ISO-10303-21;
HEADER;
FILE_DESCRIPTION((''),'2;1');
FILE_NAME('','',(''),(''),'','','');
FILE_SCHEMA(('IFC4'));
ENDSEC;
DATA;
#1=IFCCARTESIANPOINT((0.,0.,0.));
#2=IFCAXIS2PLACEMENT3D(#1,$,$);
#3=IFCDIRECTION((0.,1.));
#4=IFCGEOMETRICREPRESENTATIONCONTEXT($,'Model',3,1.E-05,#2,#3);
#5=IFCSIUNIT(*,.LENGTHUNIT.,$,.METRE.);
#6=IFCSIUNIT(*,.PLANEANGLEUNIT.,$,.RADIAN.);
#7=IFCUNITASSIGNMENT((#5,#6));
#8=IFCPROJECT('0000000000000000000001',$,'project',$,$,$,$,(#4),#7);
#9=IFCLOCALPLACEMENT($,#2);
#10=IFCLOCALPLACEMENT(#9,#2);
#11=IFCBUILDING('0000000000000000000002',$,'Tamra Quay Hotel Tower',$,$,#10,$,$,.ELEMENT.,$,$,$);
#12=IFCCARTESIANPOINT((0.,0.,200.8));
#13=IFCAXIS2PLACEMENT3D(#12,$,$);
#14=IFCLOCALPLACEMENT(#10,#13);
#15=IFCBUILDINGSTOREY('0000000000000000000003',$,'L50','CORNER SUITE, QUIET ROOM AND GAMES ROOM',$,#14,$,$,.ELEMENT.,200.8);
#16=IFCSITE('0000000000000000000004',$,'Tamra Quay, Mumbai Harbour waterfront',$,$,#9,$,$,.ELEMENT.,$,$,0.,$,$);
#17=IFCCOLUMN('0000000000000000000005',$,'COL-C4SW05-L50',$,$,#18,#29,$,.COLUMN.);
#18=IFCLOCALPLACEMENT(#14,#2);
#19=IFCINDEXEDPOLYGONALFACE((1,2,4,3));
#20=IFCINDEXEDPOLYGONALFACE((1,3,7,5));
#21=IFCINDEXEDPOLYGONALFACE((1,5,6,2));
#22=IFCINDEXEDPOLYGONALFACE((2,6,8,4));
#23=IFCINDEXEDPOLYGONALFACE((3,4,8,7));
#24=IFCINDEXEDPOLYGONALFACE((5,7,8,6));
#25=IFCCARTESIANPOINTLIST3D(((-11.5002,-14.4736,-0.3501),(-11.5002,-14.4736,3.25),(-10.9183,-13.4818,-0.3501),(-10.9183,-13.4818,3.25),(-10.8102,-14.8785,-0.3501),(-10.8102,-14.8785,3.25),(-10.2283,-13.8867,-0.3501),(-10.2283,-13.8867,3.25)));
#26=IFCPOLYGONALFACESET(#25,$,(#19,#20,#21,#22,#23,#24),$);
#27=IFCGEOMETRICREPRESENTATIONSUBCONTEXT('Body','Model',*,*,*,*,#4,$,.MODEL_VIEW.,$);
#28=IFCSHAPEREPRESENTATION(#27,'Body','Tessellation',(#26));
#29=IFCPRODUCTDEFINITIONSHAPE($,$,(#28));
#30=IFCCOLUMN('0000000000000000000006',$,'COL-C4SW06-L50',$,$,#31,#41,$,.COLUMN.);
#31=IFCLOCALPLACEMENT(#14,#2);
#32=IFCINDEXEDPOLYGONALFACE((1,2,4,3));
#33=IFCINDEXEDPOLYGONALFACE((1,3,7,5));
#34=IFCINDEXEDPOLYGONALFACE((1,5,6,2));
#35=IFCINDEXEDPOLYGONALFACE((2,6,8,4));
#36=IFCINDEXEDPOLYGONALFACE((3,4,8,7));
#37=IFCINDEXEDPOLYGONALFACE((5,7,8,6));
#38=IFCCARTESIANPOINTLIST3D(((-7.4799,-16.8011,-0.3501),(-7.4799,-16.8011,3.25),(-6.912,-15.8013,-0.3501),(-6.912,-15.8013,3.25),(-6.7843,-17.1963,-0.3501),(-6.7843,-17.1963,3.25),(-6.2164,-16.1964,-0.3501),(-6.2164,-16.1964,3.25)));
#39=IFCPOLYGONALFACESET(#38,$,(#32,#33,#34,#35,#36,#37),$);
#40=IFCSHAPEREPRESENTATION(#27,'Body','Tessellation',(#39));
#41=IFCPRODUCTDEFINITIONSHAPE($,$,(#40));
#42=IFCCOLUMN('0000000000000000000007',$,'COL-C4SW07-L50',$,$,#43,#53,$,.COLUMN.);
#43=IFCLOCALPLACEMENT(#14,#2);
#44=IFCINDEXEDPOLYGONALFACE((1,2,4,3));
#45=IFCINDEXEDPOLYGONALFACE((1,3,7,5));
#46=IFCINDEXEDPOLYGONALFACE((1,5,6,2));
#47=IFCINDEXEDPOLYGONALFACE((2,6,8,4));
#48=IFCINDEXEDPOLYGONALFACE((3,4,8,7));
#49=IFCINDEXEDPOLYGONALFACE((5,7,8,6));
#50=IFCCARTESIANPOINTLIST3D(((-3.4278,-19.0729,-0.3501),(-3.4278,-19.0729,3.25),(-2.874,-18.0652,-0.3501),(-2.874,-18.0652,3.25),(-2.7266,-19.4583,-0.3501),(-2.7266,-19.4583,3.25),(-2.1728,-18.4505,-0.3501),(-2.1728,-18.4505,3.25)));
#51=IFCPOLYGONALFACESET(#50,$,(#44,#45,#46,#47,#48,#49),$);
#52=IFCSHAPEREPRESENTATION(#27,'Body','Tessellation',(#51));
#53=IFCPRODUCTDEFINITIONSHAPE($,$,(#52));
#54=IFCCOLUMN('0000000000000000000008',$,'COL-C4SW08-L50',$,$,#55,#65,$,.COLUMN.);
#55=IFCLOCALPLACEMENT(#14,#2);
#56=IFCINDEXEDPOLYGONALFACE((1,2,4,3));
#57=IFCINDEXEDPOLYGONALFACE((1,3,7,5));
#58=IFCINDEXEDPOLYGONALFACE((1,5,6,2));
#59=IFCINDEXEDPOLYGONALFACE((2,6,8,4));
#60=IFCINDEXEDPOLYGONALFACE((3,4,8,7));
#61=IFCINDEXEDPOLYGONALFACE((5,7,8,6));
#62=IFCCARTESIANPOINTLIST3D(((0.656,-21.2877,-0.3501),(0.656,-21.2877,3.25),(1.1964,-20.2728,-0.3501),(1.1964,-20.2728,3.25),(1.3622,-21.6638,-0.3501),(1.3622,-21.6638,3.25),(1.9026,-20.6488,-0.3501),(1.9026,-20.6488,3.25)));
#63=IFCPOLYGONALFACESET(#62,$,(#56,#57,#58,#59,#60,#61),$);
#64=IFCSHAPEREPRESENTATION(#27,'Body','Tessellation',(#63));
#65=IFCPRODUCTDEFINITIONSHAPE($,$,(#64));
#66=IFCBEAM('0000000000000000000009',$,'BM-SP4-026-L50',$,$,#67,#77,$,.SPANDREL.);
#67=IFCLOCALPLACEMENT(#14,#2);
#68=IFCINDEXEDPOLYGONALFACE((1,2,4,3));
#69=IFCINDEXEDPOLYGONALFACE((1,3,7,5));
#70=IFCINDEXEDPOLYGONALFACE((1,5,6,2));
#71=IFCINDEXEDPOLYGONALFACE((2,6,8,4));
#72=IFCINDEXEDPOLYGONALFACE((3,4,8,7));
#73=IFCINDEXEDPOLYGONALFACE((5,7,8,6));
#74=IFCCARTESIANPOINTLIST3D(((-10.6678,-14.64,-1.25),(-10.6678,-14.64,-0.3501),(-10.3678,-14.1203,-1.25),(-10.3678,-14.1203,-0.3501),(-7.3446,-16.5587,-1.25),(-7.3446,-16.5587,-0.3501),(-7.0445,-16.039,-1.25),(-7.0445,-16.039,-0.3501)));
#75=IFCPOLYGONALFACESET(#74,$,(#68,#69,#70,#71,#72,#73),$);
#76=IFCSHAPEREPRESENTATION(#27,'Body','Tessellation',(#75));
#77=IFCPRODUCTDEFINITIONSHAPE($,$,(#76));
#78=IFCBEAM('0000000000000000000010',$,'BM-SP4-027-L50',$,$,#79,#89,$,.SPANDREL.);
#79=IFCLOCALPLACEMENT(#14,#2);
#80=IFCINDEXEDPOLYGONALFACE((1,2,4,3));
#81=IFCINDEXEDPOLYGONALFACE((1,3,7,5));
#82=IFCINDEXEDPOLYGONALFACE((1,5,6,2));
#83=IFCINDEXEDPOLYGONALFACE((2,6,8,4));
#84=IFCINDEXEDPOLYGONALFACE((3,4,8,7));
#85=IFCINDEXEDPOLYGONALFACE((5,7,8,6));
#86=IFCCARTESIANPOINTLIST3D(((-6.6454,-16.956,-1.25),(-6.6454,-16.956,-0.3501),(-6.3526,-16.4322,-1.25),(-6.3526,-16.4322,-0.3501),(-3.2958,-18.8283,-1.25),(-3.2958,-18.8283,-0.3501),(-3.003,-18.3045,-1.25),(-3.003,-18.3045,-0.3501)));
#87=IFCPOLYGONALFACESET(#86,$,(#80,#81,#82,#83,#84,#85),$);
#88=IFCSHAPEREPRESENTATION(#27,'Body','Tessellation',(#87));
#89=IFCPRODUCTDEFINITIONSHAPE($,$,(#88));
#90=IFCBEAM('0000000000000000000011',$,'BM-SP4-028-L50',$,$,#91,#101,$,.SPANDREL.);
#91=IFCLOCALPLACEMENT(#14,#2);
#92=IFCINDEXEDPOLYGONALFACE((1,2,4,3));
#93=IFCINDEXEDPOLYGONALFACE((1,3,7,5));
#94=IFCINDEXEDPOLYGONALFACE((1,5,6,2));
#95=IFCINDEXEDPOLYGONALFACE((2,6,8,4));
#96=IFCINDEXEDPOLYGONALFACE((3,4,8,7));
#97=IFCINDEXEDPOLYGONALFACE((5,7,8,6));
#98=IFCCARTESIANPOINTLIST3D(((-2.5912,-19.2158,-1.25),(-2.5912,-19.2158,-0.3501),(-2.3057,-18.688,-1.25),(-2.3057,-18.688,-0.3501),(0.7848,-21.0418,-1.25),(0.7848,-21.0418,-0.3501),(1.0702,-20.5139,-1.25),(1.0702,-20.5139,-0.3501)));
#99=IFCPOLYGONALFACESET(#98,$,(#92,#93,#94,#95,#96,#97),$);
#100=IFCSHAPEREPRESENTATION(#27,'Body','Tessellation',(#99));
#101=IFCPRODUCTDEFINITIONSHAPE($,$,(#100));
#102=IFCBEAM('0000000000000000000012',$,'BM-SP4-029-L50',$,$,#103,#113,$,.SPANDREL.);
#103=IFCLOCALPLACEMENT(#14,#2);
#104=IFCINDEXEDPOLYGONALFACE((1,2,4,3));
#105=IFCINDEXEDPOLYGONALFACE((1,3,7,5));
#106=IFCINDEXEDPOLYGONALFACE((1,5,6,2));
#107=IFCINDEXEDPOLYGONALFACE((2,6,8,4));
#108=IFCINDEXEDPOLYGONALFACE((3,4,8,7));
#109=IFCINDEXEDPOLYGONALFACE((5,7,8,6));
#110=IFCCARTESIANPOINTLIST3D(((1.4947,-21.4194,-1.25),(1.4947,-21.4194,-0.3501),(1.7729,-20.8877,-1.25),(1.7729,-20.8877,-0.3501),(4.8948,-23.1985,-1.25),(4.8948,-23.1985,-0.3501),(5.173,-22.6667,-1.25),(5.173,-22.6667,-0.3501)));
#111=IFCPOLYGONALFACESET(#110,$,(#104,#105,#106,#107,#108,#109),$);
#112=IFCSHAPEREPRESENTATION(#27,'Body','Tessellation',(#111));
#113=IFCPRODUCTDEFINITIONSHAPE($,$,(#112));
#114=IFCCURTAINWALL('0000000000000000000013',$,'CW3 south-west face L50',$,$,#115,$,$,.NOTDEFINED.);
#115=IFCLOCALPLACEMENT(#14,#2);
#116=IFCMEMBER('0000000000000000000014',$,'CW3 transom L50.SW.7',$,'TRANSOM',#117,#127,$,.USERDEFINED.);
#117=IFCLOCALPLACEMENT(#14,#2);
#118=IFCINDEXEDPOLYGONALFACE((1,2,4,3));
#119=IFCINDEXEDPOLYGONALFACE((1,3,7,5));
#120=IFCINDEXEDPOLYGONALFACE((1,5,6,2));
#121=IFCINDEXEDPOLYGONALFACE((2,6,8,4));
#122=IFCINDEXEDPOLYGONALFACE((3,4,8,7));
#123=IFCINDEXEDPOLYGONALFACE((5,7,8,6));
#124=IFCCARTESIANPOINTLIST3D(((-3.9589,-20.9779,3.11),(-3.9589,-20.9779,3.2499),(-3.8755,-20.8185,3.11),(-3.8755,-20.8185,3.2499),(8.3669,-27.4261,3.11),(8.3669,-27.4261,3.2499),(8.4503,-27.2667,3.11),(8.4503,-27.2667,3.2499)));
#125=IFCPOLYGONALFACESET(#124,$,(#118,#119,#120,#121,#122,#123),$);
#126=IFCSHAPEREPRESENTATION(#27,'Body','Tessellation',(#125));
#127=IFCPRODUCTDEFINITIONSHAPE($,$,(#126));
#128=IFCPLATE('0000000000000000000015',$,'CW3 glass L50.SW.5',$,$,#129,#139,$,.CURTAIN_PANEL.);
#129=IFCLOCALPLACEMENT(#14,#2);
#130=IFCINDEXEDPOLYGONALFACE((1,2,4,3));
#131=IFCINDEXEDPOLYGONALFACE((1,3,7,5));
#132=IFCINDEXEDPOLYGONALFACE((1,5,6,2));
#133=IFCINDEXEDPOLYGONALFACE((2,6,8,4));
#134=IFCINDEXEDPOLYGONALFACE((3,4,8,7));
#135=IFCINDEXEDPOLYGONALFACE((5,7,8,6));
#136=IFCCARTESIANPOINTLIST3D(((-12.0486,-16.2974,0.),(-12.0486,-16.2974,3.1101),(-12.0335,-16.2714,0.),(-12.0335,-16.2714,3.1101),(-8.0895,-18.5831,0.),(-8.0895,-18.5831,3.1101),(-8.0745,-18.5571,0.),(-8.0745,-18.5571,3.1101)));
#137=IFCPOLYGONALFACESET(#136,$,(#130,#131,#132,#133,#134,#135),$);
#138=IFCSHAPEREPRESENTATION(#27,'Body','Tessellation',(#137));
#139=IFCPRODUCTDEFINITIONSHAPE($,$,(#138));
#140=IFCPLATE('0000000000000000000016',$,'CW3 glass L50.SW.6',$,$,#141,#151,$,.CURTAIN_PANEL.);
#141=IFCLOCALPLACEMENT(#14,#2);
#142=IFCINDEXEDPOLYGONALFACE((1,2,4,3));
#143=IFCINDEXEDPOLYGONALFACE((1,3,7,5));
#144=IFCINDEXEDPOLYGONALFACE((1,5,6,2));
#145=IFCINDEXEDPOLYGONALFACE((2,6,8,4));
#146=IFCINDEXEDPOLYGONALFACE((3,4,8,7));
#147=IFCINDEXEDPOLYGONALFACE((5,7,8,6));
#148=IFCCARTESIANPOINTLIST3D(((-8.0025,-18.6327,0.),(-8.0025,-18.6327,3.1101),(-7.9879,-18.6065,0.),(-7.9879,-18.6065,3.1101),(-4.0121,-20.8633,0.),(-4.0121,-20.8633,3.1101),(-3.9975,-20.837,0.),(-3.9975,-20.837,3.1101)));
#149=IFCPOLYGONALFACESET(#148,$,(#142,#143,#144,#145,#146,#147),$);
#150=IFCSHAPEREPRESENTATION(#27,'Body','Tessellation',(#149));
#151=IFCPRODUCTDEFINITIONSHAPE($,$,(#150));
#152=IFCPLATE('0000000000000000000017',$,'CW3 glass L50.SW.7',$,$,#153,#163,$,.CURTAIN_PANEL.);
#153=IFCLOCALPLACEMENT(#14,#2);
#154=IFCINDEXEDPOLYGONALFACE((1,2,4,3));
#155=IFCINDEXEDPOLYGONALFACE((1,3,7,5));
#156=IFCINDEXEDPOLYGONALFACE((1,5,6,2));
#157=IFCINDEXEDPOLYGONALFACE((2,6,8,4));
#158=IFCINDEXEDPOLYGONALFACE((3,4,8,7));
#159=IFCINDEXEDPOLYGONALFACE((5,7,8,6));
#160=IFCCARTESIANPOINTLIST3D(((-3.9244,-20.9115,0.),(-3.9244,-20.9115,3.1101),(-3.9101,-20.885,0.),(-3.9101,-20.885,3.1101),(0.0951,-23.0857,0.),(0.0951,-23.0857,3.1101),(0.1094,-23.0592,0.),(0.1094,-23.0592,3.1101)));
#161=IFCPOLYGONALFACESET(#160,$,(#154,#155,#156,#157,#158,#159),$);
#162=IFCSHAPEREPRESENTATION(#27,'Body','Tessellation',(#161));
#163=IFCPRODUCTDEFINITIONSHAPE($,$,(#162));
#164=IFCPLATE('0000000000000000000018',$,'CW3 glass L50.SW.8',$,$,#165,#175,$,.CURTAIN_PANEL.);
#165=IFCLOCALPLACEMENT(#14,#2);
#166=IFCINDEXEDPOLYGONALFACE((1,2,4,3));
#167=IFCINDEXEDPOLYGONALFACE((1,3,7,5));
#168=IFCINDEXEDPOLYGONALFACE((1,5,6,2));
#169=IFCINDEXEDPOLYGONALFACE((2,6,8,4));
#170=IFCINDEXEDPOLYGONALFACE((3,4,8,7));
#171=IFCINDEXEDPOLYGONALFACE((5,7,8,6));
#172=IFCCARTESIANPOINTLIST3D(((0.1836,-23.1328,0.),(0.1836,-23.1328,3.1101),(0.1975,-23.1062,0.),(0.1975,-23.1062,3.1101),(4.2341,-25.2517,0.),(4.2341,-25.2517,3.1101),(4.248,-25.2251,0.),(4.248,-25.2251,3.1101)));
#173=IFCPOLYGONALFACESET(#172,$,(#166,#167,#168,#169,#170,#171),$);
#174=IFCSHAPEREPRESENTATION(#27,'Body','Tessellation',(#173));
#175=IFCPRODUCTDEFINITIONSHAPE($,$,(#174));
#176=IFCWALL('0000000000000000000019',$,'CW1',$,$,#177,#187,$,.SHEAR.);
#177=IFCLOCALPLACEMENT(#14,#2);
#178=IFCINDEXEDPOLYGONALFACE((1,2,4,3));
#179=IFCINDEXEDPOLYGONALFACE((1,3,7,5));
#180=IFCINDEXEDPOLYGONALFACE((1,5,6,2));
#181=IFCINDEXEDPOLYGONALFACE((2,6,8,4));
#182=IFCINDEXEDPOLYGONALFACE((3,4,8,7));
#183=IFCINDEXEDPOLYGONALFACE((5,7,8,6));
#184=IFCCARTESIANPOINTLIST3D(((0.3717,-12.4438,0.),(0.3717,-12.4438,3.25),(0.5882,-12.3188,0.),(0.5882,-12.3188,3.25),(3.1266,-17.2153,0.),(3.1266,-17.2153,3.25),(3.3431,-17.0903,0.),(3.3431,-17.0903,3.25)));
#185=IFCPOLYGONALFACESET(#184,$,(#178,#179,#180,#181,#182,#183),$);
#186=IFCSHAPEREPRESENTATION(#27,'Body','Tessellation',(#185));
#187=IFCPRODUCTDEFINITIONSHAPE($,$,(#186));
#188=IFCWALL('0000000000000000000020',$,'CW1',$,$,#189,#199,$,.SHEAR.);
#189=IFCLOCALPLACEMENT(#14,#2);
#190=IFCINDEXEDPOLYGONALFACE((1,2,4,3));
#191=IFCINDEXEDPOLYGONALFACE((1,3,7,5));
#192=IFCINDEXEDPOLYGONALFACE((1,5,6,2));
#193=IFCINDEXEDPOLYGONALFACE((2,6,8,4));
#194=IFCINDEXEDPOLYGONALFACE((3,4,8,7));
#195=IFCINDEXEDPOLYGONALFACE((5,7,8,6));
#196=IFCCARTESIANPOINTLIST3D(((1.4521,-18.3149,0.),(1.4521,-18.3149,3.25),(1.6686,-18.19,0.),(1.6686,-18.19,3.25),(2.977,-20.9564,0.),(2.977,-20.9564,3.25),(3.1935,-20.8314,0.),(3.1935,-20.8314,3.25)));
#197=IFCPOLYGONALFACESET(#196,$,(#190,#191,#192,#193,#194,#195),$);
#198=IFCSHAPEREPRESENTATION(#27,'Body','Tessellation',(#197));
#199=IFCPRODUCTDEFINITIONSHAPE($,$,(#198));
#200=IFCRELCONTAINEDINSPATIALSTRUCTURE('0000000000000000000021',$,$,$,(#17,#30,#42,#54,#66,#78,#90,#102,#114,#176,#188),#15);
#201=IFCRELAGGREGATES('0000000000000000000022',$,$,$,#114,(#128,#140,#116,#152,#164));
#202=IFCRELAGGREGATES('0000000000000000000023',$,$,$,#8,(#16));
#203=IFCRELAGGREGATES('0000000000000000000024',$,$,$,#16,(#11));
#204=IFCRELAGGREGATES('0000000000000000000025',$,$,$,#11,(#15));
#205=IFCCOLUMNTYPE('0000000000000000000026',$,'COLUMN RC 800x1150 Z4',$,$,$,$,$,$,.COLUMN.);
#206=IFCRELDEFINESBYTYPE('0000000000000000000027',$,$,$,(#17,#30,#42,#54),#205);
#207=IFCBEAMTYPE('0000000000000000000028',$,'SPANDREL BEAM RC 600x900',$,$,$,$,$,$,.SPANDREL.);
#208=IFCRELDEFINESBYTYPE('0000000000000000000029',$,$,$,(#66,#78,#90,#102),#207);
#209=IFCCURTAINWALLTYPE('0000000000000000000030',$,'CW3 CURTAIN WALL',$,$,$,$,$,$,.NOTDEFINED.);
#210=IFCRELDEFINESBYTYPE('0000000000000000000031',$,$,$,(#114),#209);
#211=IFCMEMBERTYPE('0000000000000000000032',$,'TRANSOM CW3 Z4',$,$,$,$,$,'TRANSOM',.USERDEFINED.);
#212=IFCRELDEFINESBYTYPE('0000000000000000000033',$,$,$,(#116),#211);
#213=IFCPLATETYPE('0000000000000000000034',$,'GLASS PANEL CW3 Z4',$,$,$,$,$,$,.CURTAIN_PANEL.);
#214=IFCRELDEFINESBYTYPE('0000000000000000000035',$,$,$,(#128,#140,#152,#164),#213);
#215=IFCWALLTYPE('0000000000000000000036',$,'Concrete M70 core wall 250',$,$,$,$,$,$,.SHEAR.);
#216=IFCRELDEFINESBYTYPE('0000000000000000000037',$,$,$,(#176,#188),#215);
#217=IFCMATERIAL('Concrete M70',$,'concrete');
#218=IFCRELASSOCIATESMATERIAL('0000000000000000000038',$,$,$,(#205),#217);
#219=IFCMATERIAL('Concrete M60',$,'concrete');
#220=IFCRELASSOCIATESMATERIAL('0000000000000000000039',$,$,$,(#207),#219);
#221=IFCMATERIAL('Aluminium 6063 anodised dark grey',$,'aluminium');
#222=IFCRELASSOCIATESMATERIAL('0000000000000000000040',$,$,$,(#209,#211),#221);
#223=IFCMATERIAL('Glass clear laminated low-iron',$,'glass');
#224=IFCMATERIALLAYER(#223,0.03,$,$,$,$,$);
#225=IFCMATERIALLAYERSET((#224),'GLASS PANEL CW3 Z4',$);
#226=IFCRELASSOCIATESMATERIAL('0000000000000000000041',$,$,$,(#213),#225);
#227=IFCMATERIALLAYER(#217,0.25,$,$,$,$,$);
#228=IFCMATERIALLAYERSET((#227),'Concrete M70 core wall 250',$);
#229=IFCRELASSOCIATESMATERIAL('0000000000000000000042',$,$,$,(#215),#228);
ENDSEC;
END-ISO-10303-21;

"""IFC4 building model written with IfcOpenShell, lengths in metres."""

from ifc_helpers import new_model, si_unit, direction, frame, frame_2d, origin, origin_2d, place, context, subcontext, project, spatial, rectangle, extrude, material, layer, layer_set, material_profile, profile_set, type_object, element, aggregate, save


model = new_model("IFC4")

# Units and contexts
model_context = context("Model", 3, precision=1e-05, world=origin(), true_north=direction((0.0, 1.0)))
body_context = subcontext(model_context, "Body", "Model", "MODEL_VIEW")
ifc_project = project(units=[si_unit("LENGTHUNIT", "METRE"), si_unit("PLANEANGLEUNIT", "RADIAN")], contexts=[model_context])

# Site, building, storey
site_placement = place(None, origin())
site = spatial("IfcSite", under=ifc_project, at=site_placement, Name="Tamra Quay, Mumbai Harbour waterfront", CompositionType="ELEMENT", RefElevation=0.0)
building_placement = place(site_placement, origin())
building = spatial("IfcBuilding", under=site, at=building_placement, Name="Tamra Quay Hotel Tower", CompositionType="ELEMENT")
storey_placement = place(building_placement, frame((0.0, 0.0, 200.8)))
storey = spatial("IfcBuildingStorey", under=building, at=storey_placement, Name="L50", Description="CORNER SUITE, QUIET ROOM AND GAMES ROOM", CompositionType="ELEMENT", Elevation=200.8)

# Columns
ifc_material_1 = material(Name="Concrete M70", Category="concrete")
ifc_material_profile_1 = material_profile(ifc_material_1, rectangle(XDim=1.1499, YDim=0.8, at=origin_2d()), Name="COLUMN RC 800x1150 Z4")
ifc_profile_set_1 = profile_set([ifc_material_profile_1], Name="Concrete M70")
column_type = type_object("IfcColumnType", Name="COLUMN RC 800x1150 Z4", PredefinedType="COLUMN", material=ifc_profile_set_1)
for number, where, z_axis, x_axis, name in (
    (1, (-10.8643, -14.1802, -0.3501), (0.0, 0.0, 1.0), (0.506085, 0.862484, 0.0), "COL-C4SW05-L50"),
    (2, (-6.8481, -16.4988, -0.3501), (0.0, 0.0, 1.0), (0.49389, 0.869524, 0.0), "COL-C4SW06-L50"),
    (3, (-2.8003, -18.7617, -0.3501), (0.0, 0.0, 1.0), (0.481602, 0.87639, 0.0), "COL-C4SW07-L50"),
    (4, (1.2793, -20.9683, -0.3501), (0.0, 0.0, 1.0), (0.470002, 0.882666, 0.0), "COL-C4SW08-L50"),
):
    element("IfcColumn", number, at=place(storey_placement, frame(where, z_axis=z_axis, x_axis=x_axis)), inside=storey, type_object=column_type, Name=name, PredefinedType="COLUMN", context=body_context, shape_type="SweptSolid", body=[
        extrude(rectangle(XDim=1.1499, YDim=0.8, at=origin_2d()), origin(), (0.0, 0.0, 1.0), 3.6001),
    ])

# Beams
ifc_material_2 = material(Name="Concrete M60", Category="concrete")
ifc_material_profile_2 = material_profile(ifc_material_2, rectangle(XDim=0.6001, YDim=0.8999, at=origin_2d()), Name="SPANDREL BEAM RC 600x900")
ifc_profile_set_2 = profile_set([ifc_material_profile_2], Name="Concrete M60")
beam_type = type_object("IfcBeamType", Name="SPANDREL BEAM RC 600x900", PredefinedType="SPANDREL", material=ifc_profile_set_2)
for number, where, z_axis, x_axis, name in (
    (5, (-10.5178, -14.3801, -0.8), (0.866022, -0.500005, 0.0), (0.500005, 0.866022, 0.0), "BM-SP4-026-L50"),
    (6, (-6.499, -16.6941, -0.8), (0.872891, -0.487915, 0.0), (0.487915, 0.872891, 0.0), "BM-SP4-027-L50"),
):
    element("IfcBeam", number, at=place(storey_placement, frame(where, z_axis=z_axis, x_axis=x_axis)), inside=storey, type_object=beam_type, Name=name, PredefinedType="SPANDREL", context=body_context, shape_type="SweptSolid", body=[
        extrude(rectangle(XDim=0.6001, YDim=0.8999, at=origin_2d()), origin(), (0.0, 0.0, 1.0), 3.8374),
    ])
beam_1_placement = place(storey_placement, frame((-2.4485, -18.9519, -0.8), z_axis=(0.879589, -0.475734, 0.0), x_axis=(0.475734, 0.879589, 0.0)))
element("IfcBeam", 7, at=beam_1_placement, inside=storey, type_object=beam_type, Name="BM-SP4-028-L50", PredefinedType="SPANDREL", context=body_context, shape_type="SweptSolid", body=[
    extrude(rectangle(XDim=0.6001, YDim=0.8999, at=origin_2d()), origin(), (0.0, 0.0, 1.0), 3.8381),
])
beam_2_placement = place(storey_placement, frame((1.6338, -21.1536, -0.8), z_axis=(0.886043, -0.463603, 0.0), x_axis=(0.463603, 0.886043, 0.0)))
element("IfcBeam", 8, at=beam_2_placement, inside=storey, type_object=beam_type, Name="BM-SP4-029-L50", PredefinedType="SPANDREL", context=body_context, shape_type="SweptSolid", body=[
    extrude(rectangle(XDim=0.6001, YDim=0.8999, at=origin_2d()), origin(), (0.0, 0.0, 1.0), 3.8374),
])

# Curtain wall, member, plates
ifc_material_3 = material(Name="Aluminium 6063 anodised dark grey", Category="aluminium")
curtain_wall_type = type_object("IfcCurtainWallType", Name="CW3 CURTAIN WALL", PredefinedType="NOTDEFINED", material=ifc_material_3)
curtain_wall_placement = place(storey_placement, origin())
curtain_wall = element("IfcCurtainWall", 9, at=curtain_wall_placement, inside=storey, type_object=curtain_wall_type, Name="CW3 south-west face L50", PredefinedType="NOTDEFINED")
ifc_material_profile_3 = material_profile(ifc_material_3, rectangle(XDim=0.1799, YDim=0.1399, at=origin_2d()), Name="TRANSOM 180X140")
ifc_profile_set_3 = profile_set([ifc_material_profile_3], Name="Aluminium 6063 anodised dark grey")
member_type = type_object("IfcMemberType", Name="TRANSOM CW3 Z4", ElementType="TRANSOM", PredefinedType="USERDEFINED", material=ifc_profile_set_3)
member_placement = place(storey_placement, frame((-3.9172, -20.8982, 3.1799), z_axis=(0.886074, -0.463545, 0.0), x_axis=(0.463545, 0.886074, 0.0)))
member = element("IfcMember", 10, at=member_placement, type_object=member_type, Name="CW3 transom L50.SW.7", ObjectType="TRANSOM", PredefinedType="USERDEFINED", context=body_context, shape_type="SweptSolid", body=[
    extrude(rectangle(XDim=0.1799, YDim=0.1399, at=origin_2d()), origin(), (0.0, 0.0, 1.0), 13.9106),
])
ifc_material_4 = material(Name="Glass clear laminated low-iron", Category="glass")
ifc_layer_1 = layer(ifc_material_4, 0.03)
ifc_layer_set_1 = layer_set([ifc_layer_1], Name="GLASS PANEL CW3 Z4")
plate_type = type_object("IfcPlateType", Name="GLASS PANEL CW3 Z4", PredefinedType="CURTAIN_PANEL", material=ifc_layer_set_1)
plate_1_placement = place(storey_placement, frame((-10.0615, -17.4272, 0.0), z_axis=(0.0, 0.0, 1.0), x_axis=(0.866025, -0.5, 0.0)))
plate_1 = element("IfcPlate", 11, at=plate_1_placement, type_object=plate_type, Name="CW3 glass L50.SW.5", PredefinedType="CURTAIN_PANEL", context=body_context, shape_type="SweptSolid", body=[
    extrude(rectangle(XDim=4.5715, YDim=0.03, at=origin_2d()), origin(), (0.0, 0.0, 1.0), 3.1101),
])
plate_2_placement = place(storey_placement, frame((-6.0, -19.7349, 0.0), z_axis=(0.0, 0.0, 1.0), x_axis=(0.872885, -0.487926, 0.0)))
plate_2 = element("IfcPlate", 12, at=plate_2_placement, type_object=plate_type, Name="CW3 glass L50.SW.6", PredefinedType="CURTAIN_PANEL", context=body_context, shape_type="SweptSolid", body=[
    extrude(rectangle(XDim=4.5715, YDim=0.03, at=origin_2d()), origin(), (0.0, 0.0, 1.0), 3.1101),
])
plate_3_placement = place(storey_placement, frame((-1.9075, -21.9854, 0.0), z_axis=(0.0, 0.0, 1.0), x_axis=(0.879569, -0.475772, 0.0)))
plate_3 = element("IfcPlate", 13, at=plate_3_placement, type_object=plate_type, Name="CW3 glass L50.SW.7", PredefinedType="CURTAIN_PANEL", context=body_context, shape_type="SweptSolid", body=[
    extrude(rectangle(XDim=4.5698, YDim=0.03, at=origin_2d()), origin(), (0.0, 0.0, 1.0), 3.1101),
])
plate_4_placement = place(storey_placement, frame((2.2158, -24.179, 0.0), z_axis=(0.0, 0.0, 1.0), x_axis=(0.886075, -0.463541, 0.0)))
plate_4 = element("IfcPlate", 14, at=plate_4_placement, type_object=plate_type, Name="CW3 glass L50.SW.8", PredefinedType="CURTAIN_PANEL", context=body_context, shape_type="SweptSolid", body=[
    extrude(rectangle(XDim=4.5713, YDim=0.03, at=origin_2d()), origin(), (0.0, 0.0, 1.0), 3.1101),
])
aggregate(curtain_wall, [plate_1, plate_2, member, plate_3, plate_4])

# Walls
ifc_layer_2 = layer(ifc_material_1, 0.25)
ifc_layer_set_2 = layer_set([ifc_layer_2], Name="Concrete M70 core wall 250")
wall_type_1 = type_object("IfcWallType", Name="Concrete M70 core wall 250", PredefinedType="SHEAR", material=ifc_layer_set_2)
wall_1_placement = place(storey_placement, frame((3.2349, -17.1528, 0.0), z_axis=(0.0, 0.0, 1.0), x_axis=(-0.500009, 0.86602, 0.0)))
element("IfcWall", 15, at=wall_1_placement, inside=storey, type_object=wall_type_1, Name="CW1", PredefinedType="SHEAR", context=body_context, shape_type="SweptSolid", body=[
    extrude(rectangle(XDim=5.5098, YDim=0.25, at=frame_2d((2.7549, 0.0))), origin(), (0.0, 0.0, 1.0), 3.25),
])
wall_2_placement = place(storey_placement, frame((3.0852, -20.8938, 0.0), z_axis=(0.0, 0.0, 1.0), x_axis=(-0.499979, 0.866038, 0.0)))
element("IfcWall", 16, at=wall_2_placement, inside=storey, type_object=wall_type_1, Name="CW1", PredefinedType="SHEAR", context=body_context, shape_type="SweptSolid", body=[
    extrude(rectangle(XDim=3.05, YDim=0.25, at=frame_2d((1.5249, 0.0))), origin(), (0.0, 0.0, 1.0), 3.25),
])

save(model, "model.ifc")
